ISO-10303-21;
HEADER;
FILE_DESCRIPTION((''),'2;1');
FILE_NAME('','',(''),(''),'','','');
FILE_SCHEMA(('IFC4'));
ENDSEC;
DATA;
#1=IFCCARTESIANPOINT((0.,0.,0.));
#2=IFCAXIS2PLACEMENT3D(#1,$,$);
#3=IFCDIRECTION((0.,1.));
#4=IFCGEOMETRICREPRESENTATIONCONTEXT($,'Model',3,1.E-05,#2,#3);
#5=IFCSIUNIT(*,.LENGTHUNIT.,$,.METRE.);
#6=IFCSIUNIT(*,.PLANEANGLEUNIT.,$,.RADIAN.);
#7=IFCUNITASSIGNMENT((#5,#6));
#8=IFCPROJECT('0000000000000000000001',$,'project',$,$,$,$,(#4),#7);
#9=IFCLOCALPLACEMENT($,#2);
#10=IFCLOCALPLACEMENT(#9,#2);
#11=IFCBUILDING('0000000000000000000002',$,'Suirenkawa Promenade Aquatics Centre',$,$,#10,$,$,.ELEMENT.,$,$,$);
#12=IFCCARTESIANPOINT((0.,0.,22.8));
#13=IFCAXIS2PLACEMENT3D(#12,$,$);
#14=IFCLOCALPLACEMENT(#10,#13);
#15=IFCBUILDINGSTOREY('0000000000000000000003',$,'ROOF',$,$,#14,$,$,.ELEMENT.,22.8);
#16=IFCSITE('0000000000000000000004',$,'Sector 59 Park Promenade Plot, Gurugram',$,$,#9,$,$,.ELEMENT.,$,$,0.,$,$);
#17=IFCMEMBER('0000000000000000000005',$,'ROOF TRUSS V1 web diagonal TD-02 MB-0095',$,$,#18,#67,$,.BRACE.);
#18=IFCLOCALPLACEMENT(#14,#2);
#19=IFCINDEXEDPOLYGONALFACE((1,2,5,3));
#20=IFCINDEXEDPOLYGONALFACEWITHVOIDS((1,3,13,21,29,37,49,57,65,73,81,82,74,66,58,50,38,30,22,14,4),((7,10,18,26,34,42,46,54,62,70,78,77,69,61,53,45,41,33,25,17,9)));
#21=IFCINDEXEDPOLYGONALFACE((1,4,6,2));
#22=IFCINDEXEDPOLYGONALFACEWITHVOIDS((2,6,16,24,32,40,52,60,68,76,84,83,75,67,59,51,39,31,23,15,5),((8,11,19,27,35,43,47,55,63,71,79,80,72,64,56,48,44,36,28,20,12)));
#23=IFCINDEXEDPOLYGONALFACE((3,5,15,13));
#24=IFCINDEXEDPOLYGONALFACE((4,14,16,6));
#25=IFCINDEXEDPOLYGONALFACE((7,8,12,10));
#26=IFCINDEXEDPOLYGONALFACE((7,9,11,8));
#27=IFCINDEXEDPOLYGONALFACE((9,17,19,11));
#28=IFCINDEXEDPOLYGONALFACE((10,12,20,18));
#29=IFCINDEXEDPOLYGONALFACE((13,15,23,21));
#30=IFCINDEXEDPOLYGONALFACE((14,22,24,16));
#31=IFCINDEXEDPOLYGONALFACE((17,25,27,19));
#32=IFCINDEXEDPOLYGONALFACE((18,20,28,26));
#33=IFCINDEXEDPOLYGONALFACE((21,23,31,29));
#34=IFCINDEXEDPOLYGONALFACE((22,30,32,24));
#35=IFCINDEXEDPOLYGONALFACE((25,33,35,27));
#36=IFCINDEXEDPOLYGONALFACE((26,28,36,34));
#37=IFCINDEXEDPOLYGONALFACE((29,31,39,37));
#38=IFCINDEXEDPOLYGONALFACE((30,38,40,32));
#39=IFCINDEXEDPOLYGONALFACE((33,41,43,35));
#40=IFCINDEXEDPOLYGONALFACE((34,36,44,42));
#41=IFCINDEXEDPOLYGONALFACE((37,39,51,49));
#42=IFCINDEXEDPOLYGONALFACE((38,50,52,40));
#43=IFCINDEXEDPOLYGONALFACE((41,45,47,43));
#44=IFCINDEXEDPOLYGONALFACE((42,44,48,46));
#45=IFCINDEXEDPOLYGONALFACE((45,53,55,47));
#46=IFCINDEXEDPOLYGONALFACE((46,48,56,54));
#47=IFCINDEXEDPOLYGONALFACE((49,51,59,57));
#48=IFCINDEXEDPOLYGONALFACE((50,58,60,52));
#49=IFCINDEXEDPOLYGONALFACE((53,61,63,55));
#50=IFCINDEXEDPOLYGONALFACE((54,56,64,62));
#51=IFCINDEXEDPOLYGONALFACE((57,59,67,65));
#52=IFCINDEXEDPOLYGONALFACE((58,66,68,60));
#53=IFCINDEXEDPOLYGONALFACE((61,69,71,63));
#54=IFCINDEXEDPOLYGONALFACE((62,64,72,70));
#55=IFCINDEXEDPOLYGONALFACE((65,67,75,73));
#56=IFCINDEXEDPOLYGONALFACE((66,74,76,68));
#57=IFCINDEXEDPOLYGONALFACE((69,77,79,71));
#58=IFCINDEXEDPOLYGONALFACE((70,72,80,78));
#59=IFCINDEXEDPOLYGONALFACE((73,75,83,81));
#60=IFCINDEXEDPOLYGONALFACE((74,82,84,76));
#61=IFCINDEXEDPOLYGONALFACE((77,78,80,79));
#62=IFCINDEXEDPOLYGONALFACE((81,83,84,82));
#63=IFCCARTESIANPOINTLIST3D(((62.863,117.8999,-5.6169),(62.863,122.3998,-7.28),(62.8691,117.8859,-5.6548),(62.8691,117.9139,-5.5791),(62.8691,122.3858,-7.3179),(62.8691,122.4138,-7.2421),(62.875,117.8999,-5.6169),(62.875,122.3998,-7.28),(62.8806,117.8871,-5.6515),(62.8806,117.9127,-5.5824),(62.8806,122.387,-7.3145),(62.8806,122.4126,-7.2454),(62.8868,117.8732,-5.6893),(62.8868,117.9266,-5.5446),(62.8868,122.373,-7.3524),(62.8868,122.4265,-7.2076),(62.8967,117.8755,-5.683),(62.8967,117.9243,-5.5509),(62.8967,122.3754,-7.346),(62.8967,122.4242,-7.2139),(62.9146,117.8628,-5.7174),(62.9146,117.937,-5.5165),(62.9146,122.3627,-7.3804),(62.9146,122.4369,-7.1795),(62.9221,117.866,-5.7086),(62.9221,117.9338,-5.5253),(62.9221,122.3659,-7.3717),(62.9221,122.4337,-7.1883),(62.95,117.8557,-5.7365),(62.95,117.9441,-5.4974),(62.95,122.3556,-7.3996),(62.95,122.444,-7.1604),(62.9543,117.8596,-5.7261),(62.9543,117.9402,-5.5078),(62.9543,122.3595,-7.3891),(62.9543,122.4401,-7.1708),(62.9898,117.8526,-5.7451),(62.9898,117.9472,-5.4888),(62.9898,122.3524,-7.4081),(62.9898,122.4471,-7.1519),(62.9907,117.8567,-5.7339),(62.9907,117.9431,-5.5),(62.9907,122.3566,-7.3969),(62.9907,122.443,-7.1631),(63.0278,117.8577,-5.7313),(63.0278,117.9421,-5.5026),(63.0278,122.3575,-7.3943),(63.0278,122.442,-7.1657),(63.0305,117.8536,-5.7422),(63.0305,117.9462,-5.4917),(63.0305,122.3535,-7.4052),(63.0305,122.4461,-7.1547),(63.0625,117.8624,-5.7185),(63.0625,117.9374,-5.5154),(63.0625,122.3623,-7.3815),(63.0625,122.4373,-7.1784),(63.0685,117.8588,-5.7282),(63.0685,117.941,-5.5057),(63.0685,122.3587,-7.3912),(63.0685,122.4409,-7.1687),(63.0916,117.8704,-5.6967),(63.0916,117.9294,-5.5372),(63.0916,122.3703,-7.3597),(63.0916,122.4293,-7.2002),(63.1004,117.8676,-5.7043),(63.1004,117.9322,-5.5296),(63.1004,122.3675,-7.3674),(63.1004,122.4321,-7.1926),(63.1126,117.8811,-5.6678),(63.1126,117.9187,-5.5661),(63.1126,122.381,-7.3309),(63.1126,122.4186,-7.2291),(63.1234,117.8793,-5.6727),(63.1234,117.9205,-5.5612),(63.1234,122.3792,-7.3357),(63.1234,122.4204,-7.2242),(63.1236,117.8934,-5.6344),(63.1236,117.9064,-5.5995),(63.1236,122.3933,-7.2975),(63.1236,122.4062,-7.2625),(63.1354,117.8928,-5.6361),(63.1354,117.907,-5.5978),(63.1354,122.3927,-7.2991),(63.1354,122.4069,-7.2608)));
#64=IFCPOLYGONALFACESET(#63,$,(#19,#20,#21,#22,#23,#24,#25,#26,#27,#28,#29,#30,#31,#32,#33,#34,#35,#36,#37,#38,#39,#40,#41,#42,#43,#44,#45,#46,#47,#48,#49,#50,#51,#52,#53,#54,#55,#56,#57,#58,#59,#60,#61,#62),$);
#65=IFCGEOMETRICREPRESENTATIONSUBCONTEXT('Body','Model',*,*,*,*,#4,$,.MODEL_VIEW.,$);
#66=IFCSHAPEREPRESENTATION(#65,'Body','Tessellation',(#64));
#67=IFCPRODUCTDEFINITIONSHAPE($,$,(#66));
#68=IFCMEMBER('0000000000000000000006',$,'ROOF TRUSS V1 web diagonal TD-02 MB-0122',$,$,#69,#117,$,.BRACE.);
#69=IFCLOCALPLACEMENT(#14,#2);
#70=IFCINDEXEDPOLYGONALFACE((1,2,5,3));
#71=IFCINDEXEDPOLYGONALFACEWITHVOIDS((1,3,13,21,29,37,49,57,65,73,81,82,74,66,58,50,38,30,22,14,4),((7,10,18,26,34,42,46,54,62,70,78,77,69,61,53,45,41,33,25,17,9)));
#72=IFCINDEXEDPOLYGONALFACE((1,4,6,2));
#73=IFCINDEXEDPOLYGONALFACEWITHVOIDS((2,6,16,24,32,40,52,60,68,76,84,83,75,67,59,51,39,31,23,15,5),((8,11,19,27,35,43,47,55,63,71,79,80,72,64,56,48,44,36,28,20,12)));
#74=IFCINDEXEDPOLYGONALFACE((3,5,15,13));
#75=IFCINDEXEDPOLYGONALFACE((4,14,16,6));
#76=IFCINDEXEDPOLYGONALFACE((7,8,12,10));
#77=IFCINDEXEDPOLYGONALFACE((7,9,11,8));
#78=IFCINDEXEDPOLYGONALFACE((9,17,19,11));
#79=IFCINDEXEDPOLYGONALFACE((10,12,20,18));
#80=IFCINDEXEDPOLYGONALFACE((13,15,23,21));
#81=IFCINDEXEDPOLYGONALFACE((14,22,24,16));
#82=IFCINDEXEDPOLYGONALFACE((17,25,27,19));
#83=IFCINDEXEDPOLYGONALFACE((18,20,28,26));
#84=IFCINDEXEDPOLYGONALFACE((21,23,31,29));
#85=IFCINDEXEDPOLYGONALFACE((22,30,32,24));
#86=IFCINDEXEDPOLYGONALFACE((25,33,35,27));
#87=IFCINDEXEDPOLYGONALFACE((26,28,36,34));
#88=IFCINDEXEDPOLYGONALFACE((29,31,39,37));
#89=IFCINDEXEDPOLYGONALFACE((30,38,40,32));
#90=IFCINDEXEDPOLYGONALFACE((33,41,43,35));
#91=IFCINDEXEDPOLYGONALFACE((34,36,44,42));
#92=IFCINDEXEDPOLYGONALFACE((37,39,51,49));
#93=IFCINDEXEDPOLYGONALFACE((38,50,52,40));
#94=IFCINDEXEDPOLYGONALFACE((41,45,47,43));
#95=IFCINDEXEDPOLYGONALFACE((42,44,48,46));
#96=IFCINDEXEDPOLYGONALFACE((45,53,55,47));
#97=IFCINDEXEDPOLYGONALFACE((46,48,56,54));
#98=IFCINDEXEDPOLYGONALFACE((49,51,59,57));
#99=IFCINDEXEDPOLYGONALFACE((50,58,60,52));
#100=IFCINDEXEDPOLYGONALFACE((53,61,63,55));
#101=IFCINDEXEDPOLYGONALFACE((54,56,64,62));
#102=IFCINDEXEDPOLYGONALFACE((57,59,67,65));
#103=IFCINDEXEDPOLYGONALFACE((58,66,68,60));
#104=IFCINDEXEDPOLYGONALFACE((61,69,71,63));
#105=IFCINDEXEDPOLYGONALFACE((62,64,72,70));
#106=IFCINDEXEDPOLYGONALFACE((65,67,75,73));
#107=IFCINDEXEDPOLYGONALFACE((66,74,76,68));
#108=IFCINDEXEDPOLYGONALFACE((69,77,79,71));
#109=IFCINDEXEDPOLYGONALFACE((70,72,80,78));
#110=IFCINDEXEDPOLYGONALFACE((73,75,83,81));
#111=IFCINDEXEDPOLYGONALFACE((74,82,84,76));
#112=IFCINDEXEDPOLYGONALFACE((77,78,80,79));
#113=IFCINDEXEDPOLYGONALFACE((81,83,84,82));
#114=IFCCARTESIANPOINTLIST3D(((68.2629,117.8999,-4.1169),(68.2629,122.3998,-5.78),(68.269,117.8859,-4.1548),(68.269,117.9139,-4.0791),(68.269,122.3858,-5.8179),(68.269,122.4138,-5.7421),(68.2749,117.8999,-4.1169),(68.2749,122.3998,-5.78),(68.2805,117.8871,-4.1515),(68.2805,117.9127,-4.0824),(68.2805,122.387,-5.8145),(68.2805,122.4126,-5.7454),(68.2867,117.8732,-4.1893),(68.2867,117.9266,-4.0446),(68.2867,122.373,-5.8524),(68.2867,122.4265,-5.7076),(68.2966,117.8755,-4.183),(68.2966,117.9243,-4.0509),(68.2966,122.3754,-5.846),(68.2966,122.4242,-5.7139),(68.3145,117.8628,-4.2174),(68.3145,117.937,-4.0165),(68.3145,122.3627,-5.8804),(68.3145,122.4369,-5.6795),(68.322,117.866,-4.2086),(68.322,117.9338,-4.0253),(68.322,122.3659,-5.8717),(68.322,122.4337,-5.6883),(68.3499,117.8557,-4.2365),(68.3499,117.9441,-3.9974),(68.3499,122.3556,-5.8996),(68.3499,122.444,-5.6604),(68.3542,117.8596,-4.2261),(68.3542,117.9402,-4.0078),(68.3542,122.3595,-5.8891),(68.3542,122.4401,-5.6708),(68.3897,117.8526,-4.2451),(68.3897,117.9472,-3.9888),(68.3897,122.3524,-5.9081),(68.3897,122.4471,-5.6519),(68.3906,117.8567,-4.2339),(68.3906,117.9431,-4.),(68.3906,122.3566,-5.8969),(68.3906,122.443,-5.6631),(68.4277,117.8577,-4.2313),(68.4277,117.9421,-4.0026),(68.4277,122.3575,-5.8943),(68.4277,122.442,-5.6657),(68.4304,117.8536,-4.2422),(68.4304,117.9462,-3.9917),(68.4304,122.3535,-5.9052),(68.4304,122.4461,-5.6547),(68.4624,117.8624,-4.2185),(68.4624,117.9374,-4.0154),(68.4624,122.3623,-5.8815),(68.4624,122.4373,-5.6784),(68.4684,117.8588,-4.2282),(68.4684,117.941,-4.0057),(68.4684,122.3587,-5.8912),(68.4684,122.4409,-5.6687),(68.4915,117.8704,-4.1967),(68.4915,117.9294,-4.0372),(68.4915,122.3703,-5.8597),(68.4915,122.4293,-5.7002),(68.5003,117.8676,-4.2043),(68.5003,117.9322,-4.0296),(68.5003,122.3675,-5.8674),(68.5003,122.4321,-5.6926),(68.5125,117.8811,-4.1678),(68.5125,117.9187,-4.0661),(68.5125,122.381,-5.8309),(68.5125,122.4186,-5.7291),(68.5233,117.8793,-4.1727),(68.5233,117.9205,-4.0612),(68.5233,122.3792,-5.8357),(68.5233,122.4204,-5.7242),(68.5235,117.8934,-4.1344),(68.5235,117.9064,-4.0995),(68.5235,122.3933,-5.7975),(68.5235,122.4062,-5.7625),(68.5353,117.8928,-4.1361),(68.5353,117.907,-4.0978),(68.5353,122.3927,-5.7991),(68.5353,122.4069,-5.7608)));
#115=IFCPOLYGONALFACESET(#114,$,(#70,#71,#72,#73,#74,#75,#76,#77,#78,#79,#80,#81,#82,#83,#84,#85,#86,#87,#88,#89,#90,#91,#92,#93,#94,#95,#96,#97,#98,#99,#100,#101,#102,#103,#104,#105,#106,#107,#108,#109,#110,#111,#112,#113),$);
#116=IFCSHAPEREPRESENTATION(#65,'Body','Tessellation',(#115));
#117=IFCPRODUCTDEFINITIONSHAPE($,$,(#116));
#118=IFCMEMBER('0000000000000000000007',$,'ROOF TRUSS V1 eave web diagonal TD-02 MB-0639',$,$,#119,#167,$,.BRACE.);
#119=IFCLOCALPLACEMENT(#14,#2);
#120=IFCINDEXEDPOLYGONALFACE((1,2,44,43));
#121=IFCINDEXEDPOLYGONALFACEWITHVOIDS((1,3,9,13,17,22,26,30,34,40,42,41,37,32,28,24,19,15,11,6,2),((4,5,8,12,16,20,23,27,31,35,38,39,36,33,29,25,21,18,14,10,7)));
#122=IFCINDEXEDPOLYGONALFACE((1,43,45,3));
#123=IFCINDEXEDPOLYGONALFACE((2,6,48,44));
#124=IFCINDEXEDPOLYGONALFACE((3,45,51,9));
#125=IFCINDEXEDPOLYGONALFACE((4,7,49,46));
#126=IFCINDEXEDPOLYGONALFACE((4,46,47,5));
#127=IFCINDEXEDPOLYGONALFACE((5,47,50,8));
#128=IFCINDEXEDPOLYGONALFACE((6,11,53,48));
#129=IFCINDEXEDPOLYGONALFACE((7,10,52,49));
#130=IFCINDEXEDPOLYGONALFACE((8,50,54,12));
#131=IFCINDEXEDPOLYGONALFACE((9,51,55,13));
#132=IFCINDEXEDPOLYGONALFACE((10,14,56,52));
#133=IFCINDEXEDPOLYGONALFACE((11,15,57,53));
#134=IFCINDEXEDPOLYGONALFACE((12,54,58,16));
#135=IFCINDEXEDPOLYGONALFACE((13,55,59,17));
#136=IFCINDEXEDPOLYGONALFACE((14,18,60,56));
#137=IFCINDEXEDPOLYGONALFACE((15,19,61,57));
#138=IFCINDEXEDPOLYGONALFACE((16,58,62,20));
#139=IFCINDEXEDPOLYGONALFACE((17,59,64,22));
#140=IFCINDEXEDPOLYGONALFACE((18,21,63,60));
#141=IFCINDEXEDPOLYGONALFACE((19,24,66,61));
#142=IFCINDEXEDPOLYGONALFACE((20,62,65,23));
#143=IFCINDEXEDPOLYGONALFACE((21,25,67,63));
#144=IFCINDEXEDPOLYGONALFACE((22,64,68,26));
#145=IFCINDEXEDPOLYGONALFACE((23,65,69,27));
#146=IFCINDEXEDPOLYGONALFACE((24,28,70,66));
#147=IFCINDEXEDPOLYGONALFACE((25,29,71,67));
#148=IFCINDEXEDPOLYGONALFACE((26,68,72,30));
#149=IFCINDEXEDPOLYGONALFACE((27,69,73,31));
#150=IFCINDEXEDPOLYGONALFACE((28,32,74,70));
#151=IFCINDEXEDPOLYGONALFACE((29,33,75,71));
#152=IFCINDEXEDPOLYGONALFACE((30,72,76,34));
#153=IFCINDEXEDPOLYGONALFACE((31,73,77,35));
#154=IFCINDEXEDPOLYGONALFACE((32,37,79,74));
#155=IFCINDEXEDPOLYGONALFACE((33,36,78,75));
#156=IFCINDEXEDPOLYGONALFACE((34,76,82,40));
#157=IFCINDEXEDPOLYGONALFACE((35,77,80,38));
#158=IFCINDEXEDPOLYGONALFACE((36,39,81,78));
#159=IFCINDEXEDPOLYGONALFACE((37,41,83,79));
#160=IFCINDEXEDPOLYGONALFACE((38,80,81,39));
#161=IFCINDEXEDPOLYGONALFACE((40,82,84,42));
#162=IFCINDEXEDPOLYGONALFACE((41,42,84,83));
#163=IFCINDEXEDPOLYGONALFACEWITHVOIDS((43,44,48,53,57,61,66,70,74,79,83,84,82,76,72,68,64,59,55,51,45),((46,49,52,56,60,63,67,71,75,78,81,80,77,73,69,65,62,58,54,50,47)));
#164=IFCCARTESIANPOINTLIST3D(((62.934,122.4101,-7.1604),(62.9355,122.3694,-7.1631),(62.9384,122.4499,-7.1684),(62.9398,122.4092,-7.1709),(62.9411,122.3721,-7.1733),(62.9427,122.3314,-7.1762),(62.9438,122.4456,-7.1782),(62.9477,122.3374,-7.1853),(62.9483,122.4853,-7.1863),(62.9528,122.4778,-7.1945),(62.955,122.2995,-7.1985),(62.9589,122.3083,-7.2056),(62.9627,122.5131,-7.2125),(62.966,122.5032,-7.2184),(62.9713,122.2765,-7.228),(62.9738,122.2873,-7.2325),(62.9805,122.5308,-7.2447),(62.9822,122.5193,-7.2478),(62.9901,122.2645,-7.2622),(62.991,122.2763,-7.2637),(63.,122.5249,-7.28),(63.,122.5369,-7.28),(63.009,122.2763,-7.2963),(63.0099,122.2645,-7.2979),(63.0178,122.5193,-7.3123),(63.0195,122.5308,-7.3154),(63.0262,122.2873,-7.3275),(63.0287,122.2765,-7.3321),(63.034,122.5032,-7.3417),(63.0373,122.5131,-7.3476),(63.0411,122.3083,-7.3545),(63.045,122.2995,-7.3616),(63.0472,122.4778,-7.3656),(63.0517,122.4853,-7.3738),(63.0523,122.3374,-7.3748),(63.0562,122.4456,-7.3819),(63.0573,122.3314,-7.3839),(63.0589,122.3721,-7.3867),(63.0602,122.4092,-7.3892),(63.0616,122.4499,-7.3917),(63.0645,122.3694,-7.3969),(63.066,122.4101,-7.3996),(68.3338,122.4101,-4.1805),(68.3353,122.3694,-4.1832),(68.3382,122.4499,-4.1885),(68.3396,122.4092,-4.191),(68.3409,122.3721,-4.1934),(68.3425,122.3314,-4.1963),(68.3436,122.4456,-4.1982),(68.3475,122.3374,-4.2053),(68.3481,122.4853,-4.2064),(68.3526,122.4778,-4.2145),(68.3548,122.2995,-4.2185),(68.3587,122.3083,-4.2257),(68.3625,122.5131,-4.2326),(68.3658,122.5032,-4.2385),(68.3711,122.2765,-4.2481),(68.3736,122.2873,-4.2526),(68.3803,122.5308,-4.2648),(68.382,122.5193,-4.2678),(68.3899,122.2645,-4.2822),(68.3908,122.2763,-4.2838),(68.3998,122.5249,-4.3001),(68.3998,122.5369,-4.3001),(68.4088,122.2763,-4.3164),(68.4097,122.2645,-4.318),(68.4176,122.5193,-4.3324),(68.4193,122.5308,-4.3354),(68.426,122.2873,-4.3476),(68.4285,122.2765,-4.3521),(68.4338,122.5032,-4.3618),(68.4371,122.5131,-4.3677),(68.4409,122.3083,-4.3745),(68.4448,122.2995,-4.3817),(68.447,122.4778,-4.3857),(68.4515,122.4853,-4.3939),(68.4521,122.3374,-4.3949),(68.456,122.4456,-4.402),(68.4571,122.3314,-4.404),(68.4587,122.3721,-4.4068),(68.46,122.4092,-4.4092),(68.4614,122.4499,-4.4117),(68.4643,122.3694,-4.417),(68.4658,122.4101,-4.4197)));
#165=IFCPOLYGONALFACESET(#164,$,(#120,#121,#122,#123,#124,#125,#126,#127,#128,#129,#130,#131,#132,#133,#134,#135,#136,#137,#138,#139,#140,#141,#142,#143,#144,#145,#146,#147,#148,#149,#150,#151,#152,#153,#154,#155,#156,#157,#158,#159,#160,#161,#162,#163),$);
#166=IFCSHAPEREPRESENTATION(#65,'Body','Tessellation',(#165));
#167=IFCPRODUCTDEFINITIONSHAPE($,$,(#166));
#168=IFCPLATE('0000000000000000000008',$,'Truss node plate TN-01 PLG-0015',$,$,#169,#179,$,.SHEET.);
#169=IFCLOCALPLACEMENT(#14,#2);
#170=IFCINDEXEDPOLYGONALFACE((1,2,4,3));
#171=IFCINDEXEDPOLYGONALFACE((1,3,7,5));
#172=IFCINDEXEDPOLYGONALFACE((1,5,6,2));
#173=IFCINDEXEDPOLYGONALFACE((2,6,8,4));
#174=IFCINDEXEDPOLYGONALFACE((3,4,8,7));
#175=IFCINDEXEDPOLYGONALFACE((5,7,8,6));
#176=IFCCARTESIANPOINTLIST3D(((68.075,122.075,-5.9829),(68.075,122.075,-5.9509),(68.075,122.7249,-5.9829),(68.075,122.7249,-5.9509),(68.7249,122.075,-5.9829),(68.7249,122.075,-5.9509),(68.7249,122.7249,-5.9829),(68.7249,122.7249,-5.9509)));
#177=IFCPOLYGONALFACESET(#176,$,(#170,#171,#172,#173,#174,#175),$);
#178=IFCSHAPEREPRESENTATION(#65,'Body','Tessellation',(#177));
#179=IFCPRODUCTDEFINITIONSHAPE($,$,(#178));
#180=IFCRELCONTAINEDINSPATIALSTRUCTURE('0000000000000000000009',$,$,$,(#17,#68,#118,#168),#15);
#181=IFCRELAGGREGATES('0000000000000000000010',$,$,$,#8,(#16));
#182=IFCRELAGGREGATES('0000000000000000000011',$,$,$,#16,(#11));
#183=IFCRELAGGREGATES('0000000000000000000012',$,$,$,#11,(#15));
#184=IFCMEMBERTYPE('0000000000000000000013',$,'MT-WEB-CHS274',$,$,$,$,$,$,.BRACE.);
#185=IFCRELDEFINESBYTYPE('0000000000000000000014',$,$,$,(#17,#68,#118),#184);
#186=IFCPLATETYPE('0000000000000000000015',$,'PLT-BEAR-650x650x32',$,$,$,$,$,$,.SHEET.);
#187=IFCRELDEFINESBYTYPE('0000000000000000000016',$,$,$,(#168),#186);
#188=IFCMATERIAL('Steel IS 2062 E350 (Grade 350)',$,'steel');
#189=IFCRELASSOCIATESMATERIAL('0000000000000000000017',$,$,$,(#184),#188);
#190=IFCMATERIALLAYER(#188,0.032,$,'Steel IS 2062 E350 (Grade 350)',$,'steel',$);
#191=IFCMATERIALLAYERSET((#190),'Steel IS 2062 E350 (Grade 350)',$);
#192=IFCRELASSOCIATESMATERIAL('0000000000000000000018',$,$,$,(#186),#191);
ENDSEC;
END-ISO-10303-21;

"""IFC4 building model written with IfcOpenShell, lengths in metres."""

from ifc_helpers import new_model, si_unit, direction, frame, origin, origin_2d, place, context, subcontext, project, spatial, rectangle, hollow_circle, extrude, material, layer, layer_set, material_profile, profile_set, type_object, element, save


model = new_model("IFC4")

# Units and contexts
model_context = context("Model", 3, precision=1e-05, world=origin(), true_north=direction((0.0, 1.0)))
body_context = subcontext(model_context, "Body", "Model", "MODEL_VIEW")
ifc_project = project(units=[si_unit("LENGTHUNIT", "METRE"), si_unit("PLANEANGLEUNIT", "RADIAN")], contexts=[model_context])

# Site, building, storey
site_placement = place(None, origin())
site = spatial("IfcSite", under=ifc_project, at=site_placement, Name="Sector 59 Park Promenade Plot, Gurugram", CompositionType="ELEMENT", RefElevation=0.0)
building_placement = place(site_placement, origin())
building = spatial("IfcBuilding", under=site, at=building_placement, Name="Suirenkawa Promenade Aquatics Centre", CompositionType="ELEMENT")
storey_placement = place(building_placement, frame((0.0, 0.0, 22.8)))
storey = spatial("IfcBuildingStorey", under=building, at=storey_placement, Name="ROOF", CompositionType="ELEMENT", Elevation=22.8)

# Shared definitions
ifc_material = material(Name="Steel IS 2062 E350 (Grade 350)", Category="steel")

# Members
ifc_material_profile_1 = material_profile(ifc_material, hollow_circle(Radius=0.137, WallThickness=0.012, at=origin_2d()), Name="CHS 274x12", Category="steel")
ifc_profile_set_1 = profile_set([ifc_material_profile_1], Name="Steel IS 2062 E350 (Grade 350)")
member_type_1 = type_object("IfcMemberType", Name="MT-WEB-CHS274", PredefinedType="BRACE", material=ifc_profile_set_1)
for number, where, z_axis, x_axis, name in (
    (1, (63.0, 117.8999, -5.6169), (0.0, 0.937992, -0.346658), (-1.0, 0.0, 0.0), "ROOF TRUSS V1 web diagonal TD-02 MB-0095"),
    (2, (68.3999, 117.8999, -4.1169), (0.0, 0.937992, -0.346658), (-1.0, 0.0, 0.0), "ROOF TRUSS V1 web diagonal TD-02 MB-0122"),
):
    element("IfcMember", number, at=place(storey_placement, frame(where, z_axis=z_axis, x_axis=x_axis)), inside=storey, type_object=member_type_1, Name=name, PredefinedType="BRACE", context=body_context, shape_type="SweptSolid", body=[
        extrude(hollow_circle(Radius=0.137, WallThickness=0.012, at=origin_2d()), origin(), (0.0, 0.0, 1.0), 4.7974),
    ])
member_1_placement = place(storey_placement, frame((63.0, 122.3999, -7.28), z_axis=(0.875528, 0.0, 0.483167), x_axis=(0.0, 1.0, 0.0)))
element("IfcMember", 3, at=member_1_placement, inside=storey, type_object=member_type_1, Name="ROOF TRUSS V1 eave web diagonal TD-02 MB-0639", PredefinedType="BRACE", context=body_context, shape_type="SweptSolid", body=[
    extrude(hollow_circle(Radius=0.137, WallThickness=0.012, at=origin_2d()), origin(), (0.0, 0.0, 1.0), 6.1675),
])

# Plate
ifc_layer = layer(ifc_material, 0.032, Name="Steel IS 2062 E350 (Grade 350)", Category="steel")
ifc_layer_set = layer_set([ifc_layer], Name="Steel IS 2062 E350 (Grade 350)")
plate_type = type_object("IfcPlateType", Name="PLT-BEAR-650x650x32", PredefinedType="SHEET", material=ifc_layer_set)
plate_placement = place(storey_placement, frame((68.3999, 122.3999, -5.9829), z_axis=(0.0, 0.0, 1.0), x_axis=(1.0, 0.0, 0.0)))
element("IfcPlate", 4, at=plate_placement, inside=storey, type_object=plate_type, Name="Truss node plate TN-01 PLG-0015", PredefinedType="SHEET", context=body_context, shape_type="SweptSolid", body=[
    extrude(rectangle(XDim=0.6499, YDim=0.6499, at=origin_2d()), origin(), (0.0, 0.0, 1.0), 0.032),
])

save(model, "model.ifc")
